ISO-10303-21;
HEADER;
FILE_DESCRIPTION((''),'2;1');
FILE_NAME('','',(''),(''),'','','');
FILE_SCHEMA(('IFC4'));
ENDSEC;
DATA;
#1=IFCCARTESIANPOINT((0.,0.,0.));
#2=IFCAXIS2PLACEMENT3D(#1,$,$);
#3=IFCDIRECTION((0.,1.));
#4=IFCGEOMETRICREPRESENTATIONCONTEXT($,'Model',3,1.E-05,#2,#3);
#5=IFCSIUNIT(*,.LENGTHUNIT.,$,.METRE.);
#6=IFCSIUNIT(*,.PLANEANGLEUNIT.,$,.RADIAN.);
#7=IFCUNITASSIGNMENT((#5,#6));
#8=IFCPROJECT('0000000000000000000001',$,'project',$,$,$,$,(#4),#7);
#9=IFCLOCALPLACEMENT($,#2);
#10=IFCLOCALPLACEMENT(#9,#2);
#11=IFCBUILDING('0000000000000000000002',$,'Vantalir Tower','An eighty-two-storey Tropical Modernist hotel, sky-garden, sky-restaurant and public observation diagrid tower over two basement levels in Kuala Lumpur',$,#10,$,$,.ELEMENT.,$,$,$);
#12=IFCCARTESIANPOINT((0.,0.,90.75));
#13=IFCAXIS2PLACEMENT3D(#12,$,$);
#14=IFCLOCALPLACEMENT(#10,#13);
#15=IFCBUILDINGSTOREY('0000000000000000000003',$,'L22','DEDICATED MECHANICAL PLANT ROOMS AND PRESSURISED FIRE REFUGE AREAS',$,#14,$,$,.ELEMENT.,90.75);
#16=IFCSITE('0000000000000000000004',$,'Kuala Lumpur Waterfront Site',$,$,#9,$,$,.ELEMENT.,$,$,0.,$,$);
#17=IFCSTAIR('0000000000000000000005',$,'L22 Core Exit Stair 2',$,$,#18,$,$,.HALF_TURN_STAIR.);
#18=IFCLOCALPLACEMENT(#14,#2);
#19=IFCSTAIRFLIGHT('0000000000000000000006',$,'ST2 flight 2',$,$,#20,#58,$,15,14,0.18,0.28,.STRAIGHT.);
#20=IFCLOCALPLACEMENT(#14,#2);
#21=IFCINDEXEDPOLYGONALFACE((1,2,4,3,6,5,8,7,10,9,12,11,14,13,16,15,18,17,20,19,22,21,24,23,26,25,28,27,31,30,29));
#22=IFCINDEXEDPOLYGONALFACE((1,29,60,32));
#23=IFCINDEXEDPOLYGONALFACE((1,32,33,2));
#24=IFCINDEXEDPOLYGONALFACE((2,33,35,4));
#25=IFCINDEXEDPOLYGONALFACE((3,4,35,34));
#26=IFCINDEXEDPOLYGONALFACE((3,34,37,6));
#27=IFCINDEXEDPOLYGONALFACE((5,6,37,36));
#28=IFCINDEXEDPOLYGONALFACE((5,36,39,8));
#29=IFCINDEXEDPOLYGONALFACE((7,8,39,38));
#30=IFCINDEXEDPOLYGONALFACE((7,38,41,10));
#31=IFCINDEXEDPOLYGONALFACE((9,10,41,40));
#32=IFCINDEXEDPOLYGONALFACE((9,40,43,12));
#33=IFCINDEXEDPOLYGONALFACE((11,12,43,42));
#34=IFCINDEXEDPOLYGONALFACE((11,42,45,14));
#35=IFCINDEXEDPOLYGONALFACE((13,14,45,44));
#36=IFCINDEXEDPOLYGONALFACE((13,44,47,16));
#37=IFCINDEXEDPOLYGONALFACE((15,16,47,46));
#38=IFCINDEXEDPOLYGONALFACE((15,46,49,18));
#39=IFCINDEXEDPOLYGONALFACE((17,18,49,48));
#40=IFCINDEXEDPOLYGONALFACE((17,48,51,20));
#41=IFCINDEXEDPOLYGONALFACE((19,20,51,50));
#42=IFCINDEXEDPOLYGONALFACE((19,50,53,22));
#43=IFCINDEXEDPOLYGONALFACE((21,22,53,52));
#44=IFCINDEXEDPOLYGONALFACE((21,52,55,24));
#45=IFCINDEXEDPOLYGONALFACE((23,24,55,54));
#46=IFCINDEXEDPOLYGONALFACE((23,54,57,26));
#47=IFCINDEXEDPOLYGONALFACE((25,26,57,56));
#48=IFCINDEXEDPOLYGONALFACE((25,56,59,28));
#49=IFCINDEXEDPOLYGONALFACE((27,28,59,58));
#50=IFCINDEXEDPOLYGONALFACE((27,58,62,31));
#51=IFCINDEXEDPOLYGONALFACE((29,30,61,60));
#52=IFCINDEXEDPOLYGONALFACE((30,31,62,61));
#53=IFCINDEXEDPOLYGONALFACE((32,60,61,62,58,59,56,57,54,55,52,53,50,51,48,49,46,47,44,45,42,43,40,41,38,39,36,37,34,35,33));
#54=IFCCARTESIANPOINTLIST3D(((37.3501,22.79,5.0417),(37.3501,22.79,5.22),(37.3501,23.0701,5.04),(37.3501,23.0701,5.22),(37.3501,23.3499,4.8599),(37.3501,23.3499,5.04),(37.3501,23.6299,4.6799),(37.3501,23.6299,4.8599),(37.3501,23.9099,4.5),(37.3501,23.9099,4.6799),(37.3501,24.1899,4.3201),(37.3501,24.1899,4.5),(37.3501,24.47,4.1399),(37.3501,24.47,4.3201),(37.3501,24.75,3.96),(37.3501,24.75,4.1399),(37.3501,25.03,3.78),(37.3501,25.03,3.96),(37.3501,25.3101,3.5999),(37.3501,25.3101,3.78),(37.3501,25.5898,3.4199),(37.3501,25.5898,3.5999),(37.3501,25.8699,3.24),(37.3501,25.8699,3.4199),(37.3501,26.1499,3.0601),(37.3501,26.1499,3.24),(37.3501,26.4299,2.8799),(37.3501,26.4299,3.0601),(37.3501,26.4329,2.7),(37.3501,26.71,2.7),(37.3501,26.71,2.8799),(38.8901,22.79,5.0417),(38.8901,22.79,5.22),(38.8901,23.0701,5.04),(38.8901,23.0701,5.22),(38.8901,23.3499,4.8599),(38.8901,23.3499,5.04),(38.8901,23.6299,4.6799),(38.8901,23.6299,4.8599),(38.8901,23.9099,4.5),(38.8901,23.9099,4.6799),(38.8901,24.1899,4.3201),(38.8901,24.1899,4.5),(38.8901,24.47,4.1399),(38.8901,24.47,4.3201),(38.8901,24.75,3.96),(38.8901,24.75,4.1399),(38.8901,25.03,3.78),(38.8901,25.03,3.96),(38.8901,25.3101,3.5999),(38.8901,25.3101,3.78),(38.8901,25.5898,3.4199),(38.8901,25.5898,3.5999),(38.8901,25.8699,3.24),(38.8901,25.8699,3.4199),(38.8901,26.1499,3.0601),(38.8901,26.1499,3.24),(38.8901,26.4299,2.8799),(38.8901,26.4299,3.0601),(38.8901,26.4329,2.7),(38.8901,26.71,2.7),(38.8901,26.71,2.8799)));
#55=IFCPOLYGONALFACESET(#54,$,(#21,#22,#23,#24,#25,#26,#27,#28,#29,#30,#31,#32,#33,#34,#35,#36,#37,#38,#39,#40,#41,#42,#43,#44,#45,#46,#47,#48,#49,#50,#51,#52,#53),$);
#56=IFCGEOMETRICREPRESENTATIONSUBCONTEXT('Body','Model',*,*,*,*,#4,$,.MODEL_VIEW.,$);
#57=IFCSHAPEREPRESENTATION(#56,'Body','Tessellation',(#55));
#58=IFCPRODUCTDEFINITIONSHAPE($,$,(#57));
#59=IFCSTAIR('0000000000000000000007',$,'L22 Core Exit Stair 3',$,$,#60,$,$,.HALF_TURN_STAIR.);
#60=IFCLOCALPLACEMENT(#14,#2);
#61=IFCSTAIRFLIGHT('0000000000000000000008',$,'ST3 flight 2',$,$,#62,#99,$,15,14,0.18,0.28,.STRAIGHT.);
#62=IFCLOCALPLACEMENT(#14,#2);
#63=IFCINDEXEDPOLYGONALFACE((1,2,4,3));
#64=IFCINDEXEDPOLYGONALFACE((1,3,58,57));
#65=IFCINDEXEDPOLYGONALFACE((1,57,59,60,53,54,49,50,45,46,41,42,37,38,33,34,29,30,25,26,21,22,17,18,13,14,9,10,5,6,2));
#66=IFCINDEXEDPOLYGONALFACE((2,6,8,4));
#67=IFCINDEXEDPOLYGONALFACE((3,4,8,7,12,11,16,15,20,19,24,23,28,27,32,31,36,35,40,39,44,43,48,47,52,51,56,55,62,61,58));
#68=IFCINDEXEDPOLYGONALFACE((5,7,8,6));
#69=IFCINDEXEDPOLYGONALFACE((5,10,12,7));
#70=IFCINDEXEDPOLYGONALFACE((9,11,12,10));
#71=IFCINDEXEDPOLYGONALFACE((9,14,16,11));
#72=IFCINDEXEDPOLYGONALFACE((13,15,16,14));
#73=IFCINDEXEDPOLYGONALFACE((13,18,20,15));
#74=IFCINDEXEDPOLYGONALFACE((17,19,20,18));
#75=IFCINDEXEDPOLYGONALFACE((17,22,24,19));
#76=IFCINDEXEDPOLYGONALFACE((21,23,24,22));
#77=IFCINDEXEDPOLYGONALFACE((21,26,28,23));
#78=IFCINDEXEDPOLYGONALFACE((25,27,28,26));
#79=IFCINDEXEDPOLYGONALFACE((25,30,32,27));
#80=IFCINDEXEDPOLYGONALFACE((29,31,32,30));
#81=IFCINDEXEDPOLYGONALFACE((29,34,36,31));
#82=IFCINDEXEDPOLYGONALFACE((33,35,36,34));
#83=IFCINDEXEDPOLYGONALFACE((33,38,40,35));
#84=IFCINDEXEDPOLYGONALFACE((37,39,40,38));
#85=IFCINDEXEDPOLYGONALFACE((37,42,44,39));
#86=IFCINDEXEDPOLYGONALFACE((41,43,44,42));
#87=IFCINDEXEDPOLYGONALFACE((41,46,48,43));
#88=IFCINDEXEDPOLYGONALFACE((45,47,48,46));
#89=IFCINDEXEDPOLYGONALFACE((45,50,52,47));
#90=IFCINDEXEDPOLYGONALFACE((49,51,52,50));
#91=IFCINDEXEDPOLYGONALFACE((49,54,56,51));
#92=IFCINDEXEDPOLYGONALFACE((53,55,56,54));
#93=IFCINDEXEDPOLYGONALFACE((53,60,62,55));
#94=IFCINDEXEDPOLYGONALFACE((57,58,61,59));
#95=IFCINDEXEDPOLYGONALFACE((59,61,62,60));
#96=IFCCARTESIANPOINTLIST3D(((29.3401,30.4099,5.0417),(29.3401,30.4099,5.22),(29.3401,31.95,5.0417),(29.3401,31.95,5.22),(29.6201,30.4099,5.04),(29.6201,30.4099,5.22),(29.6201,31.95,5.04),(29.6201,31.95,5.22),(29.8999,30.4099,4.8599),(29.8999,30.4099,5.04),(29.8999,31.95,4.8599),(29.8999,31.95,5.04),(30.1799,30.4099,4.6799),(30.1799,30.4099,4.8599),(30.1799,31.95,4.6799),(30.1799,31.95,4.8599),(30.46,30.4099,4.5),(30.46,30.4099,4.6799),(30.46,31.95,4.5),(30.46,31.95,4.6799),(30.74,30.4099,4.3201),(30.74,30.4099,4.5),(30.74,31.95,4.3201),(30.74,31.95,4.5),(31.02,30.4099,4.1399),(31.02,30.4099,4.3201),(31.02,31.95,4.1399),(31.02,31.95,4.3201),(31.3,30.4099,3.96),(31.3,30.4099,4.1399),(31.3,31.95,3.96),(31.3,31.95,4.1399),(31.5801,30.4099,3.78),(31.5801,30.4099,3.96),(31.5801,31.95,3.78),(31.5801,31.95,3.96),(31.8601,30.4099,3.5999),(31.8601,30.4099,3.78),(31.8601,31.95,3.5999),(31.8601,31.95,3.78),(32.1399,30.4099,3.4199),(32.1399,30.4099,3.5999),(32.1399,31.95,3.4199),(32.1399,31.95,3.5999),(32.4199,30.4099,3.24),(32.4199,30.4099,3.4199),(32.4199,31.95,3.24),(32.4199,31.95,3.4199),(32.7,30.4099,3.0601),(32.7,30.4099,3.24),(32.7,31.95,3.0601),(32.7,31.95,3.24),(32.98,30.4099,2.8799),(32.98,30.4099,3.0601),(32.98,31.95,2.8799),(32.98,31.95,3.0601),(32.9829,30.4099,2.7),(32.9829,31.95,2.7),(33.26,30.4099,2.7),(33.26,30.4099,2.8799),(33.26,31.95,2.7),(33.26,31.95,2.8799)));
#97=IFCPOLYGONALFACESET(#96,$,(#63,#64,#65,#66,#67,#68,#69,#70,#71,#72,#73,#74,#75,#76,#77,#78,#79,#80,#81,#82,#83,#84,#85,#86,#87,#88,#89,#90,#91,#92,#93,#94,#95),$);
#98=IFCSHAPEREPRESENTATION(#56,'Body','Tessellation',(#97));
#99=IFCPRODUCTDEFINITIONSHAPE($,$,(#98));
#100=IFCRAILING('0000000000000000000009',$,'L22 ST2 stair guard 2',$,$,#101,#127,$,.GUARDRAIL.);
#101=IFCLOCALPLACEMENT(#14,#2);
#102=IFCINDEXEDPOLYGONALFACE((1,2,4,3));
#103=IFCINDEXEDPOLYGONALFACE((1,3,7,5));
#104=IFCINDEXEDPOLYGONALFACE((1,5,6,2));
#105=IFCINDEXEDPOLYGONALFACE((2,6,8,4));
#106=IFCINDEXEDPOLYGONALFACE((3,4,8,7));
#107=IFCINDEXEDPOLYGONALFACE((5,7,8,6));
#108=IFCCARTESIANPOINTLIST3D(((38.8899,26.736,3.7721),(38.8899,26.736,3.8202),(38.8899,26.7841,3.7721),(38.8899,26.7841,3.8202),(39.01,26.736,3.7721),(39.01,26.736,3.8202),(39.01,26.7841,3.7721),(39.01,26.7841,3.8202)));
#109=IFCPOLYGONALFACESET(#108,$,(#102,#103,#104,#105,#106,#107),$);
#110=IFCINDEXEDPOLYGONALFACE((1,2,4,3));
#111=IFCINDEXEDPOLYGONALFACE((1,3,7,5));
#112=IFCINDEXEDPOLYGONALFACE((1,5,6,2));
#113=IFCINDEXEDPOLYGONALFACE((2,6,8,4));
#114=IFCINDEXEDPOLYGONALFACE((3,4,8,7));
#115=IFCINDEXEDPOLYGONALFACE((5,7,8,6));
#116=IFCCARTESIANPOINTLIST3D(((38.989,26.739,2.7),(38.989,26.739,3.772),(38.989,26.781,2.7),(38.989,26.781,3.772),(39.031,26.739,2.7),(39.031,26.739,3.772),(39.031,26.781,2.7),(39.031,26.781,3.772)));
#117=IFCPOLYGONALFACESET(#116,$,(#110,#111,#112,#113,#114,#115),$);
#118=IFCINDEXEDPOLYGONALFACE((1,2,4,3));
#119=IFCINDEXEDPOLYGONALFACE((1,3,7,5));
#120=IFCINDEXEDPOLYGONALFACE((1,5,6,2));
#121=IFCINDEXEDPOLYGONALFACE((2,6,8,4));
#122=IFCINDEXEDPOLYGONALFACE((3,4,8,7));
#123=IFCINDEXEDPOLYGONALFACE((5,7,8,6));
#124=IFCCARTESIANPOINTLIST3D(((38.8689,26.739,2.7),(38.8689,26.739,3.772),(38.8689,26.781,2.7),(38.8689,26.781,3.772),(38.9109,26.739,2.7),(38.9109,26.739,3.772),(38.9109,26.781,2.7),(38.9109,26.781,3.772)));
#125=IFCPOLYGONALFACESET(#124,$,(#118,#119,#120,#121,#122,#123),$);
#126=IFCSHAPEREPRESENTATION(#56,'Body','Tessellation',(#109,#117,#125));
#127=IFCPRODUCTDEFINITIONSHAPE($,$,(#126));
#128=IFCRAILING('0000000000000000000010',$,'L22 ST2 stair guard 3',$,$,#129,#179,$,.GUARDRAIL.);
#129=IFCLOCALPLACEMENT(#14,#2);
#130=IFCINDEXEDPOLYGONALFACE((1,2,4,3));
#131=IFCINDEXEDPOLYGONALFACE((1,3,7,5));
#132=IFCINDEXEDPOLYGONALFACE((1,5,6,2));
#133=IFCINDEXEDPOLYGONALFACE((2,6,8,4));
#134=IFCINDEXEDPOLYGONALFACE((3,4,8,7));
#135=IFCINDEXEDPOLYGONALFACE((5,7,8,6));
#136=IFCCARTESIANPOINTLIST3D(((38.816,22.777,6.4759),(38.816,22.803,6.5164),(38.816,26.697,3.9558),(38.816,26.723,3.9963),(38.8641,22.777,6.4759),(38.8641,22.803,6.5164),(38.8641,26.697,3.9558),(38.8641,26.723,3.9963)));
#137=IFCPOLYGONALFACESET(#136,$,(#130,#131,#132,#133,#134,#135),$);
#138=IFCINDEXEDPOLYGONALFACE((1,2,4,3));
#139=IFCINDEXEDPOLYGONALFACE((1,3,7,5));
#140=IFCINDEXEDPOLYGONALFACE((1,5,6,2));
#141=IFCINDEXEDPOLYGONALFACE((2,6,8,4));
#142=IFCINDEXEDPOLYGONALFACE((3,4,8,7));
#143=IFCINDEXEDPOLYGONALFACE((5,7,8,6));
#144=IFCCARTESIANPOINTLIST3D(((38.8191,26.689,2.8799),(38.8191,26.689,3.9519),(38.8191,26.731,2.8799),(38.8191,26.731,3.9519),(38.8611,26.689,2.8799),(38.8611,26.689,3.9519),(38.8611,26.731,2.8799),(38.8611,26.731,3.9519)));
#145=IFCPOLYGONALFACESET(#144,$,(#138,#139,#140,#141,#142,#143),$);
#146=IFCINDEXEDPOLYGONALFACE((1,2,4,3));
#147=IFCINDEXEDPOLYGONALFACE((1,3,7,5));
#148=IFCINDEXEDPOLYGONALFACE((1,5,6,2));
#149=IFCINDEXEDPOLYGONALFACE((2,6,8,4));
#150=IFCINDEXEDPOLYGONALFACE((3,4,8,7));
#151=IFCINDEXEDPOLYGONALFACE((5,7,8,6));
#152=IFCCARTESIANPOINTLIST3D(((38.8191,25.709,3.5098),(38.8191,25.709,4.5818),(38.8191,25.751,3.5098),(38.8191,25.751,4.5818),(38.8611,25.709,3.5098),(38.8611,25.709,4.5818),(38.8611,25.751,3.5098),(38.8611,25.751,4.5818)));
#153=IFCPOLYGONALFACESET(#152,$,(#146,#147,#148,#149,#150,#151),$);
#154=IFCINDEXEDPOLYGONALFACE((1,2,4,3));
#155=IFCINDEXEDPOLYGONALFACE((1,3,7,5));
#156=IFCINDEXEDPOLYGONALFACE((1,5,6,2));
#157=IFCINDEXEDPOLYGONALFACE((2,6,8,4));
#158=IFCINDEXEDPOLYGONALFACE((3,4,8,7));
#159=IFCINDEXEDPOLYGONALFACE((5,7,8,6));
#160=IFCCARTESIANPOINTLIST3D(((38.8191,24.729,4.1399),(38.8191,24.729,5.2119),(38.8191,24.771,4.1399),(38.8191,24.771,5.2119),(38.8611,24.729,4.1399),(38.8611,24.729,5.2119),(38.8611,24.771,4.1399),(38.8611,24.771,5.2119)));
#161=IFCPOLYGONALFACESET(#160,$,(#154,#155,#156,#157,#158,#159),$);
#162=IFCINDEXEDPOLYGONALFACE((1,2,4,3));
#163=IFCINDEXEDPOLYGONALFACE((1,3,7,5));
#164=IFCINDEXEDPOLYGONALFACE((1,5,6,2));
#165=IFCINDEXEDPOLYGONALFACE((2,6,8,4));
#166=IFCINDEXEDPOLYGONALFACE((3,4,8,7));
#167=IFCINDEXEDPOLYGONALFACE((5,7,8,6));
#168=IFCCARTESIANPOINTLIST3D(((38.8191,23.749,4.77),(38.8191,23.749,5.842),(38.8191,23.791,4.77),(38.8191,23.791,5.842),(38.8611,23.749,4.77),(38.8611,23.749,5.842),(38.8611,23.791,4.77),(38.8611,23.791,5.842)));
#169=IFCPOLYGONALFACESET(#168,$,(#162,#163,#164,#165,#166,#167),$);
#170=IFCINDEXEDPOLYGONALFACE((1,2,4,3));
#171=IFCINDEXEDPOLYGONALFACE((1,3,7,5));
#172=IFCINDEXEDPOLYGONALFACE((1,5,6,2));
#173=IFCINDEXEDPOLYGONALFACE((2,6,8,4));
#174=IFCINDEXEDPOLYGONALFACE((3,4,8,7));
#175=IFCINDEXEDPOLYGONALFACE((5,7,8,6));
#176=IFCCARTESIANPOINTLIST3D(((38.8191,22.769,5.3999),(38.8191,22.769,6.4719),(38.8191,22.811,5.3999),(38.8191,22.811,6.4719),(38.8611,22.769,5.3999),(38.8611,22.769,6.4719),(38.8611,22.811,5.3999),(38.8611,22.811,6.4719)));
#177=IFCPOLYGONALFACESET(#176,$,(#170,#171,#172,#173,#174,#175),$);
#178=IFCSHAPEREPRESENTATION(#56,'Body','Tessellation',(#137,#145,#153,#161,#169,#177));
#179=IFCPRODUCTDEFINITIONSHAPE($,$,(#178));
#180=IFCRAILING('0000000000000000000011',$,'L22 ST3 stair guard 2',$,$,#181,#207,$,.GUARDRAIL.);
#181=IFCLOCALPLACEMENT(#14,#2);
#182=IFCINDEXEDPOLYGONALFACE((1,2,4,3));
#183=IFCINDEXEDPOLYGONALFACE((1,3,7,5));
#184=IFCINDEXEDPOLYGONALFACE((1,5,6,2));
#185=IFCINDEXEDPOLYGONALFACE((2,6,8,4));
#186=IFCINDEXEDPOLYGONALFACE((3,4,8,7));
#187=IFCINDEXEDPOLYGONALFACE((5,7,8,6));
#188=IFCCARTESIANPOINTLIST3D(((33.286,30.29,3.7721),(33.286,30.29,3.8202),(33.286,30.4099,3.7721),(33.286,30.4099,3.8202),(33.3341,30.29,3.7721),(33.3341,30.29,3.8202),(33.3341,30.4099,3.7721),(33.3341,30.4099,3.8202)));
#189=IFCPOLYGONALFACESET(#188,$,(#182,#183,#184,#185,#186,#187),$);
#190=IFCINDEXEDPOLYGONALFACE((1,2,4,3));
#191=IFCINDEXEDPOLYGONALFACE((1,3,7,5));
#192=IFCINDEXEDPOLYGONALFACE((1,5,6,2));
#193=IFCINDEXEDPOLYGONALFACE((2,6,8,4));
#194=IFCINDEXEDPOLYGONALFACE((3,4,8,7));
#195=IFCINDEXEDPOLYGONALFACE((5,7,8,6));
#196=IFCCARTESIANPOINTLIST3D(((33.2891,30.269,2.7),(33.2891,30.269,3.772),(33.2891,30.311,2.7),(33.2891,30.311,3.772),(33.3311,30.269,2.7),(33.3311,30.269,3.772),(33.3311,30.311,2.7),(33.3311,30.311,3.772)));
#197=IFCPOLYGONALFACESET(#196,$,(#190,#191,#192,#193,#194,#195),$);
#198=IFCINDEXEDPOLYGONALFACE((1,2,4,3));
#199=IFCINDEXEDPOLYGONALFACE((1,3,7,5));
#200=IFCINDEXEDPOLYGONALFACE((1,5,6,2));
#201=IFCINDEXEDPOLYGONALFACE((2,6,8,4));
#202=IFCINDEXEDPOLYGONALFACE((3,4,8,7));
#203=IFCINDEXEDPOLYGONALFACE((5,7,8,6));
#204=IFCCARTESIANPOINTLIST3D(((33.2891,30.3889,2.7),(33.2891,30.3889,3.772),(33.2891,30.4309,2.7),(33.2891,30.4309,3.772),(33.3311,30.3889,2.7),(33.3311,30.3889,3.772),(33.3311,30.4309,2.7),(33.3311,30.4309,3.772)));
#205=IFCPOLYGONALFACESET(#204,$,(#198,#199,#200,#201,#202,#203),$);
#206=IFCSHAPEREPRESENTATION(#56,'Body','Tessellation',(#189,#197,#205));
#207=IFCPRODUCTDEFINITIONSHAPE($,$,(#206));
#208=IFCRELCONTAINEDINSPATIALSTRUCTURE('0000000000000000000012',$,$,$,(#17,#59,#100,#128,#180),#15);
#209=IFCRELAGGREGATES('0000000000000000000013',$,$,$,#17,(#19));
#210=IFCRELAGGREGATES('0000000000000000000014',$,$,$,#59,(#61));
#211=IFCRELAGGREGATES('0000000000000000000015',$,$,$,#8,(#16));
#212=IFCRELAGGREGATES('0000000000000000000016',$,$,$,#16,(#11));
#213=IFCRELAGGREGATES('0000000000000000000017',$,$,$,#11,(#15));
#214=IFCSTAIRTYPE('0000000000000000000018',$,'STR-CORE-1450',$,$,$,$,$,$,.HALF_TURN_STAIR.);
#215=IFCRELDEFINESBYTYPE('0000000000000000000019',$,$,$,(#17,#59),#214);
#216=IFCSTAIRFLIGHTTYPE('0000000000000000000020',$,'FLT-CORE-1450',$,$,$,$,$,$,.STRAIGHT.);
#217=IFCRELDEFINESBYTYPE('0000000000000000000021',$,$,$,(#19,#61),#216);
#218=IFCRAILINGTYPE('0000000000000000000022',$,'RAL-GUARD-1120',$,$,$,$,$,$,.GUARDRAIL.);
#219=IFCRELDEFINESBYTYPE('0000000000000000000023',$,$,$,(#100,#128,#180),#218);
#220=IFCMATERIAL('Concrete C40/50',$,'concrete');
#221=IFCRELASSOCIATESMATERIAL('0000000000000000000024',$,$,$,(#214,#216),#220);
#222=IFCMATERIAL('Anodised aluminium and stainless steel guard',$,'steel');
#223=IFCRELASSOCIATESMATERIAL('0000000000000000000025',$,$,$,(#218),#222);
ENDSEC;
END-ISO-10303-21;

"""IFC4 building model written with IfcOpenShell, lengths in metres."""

from ifc_helpers import new_model, si_unit, direction, frame, origin, origin_2d, place, context, subcontext, project, spatial, polyline, rectangle, outline, extrude, material, type_object, element, aggregate, save


model = new_model("IFC4")

# Units and contexts
model_context = context("Model", 3, precision=1e-05, world=origin(), true_north=direction((0.0, 1.0)))
body_context = subcontext(model_context, "Body", "Model", "MODEL_VIEW")
ifc_project = project(units=[si_unit("LENGTHUNIT", "METRE"), si_unit("PLANEANGLEUNIT", "RADIAN")], contexts=[model_context])

# Site, building, storey
site_placement = place(None, origin())
site = spatial("IfcSite", under=ifc_project, at=site_placement, Name="Kuala Lumpur Waterfront Site", CompositionType="ELEMENT", RefElevation=0.0)
building_placement = place(site_placement, origin())
building = spatial("IfcBuilding", under=site, at=building_placement, Name="Vantalir Tower", Description="An eighty-two-storey Tropical Modernist hotel, sky-garden, sky-restaurant and public observation diagrid tower over two basement levels in Kuala Lumpur", CompositionType="ELEMENT")
storey_placement = place(building_placement, frame((0.0, 0.0, 90.75)))
storey = spatial("IfcBuildingStorey", under=building, at=storey_placement, Name="L22", Description="DEDICATED MECHANICAL PLANT ROOMS AND PRESSURISED FIRE REFUGE AREAS", CompositionType="ELEMENT", Elevation=90.75)

# Stairs, stair flights
ifc_material_1 = material(Name="Concrete C40/50", Category="concrete")
stair_type = type_object("IfcStairType", Name="STR-CORE-1450", PredefinedType="HALF_TURN_STAIR", material=ifc_material_1)
stair_1_placement = place(storey_placement, origin())
stair_1 = element("IfcStair", 1, at=stair_1_placement, inside=storey, type_object=stair_type, Name="L22 Core Exit Stair 2", PredefinedType="HALF_TURN_STAIR")
stair_flight_type = type_object("IfcStairFlightType", Name="FLT-CORE-1450", PredefinedType="STRAIGHT", material=ifc_material_1)
stair_flight_1_placement = place(storey_placement, frame((38.1201, 26.71, 2.7), z_axis=(0.0, 0.0, 1.0), x_axis=(0.0, -1.0, 0.0)))
stair_flight_1 = element("IfcStairFlight", 2, at=stair_flight_1_placement, type_object=stair_flight_type, Name="ST2 flight 2", NumberOfRisers=15, NumberOfTreads=14, PredefinedType="STRAIGHT", RiserHeight=0.18, TreadLength=0.28, context=body_context, shape_type="SweptSolid", body=[
    extrude(outline(polyline([(0.0, 0.0), (0.0, 0.1799), (0.28, 0.1799), (0.28, 0.3601), (0.5601, 0.3601), (0.5601, 0.54), (0.8401, 0.54), (0.8401, 0.72), (1.1201, 0.72), (1.1201, 0.8999), (1.3999, 0.8999), (1.3999, 1.0801), (1.6799, 1.0801), (1.6799, 1.26), (1.96, 1.26), (1.96, 1.4399), (2.24, 1.4399), (2.24, 1.6201), (2.52, 1.6201), (2.52, 1.8), (2.8, 1.8), (2.8, 1.98), (3.0801, 1.98), (3.0801, 2.1599), (3.3601, 2.1599), (3.3601, 2.3401), (3.6399, 2.3401), (3.6399, 2.52), (3.9199, 2.52), (3.9199, 2.7), (3.9199, 2.3418), (0.2771, 0.0), (0.0, 0.0)])), frame((0.0, 0.77, 0.0), z_axis=(0.0, -1.0, 0.0), x_axis=(1.0, 0.0, 0.0)), (0.0, 0.0, 1.0), 1.54),
])
aggregate(stair_1, [stair_flight_1])
stair_2_placement = place(storey_placement, origin())
stair_2 = element("IfcStair", 3, at=stair_2_placement, inside=storey, type_object=stair_type, Name="L22 Core Exit Stair 3", PredefinedType="HALF_TURN_STAIR")
stair_flight_2_placement = place(storey_placement, frame((33.26, 31.1799, 2.7), z_axis=(0.0, 0.0, 1.0), x_axis=(-1.0, 0.0, 0.0)))
stair_flight_2 = element("IfcStairFlight", 4, at=stair_flight_2_placement, type_object=stair_flight_type, Name="ST3 flight 2", NumberOfRisers=15, NumberOfTreads=14, PredefinedType="STRAIGHT", RiserHeight=0.18, TreadLength=0.28, context=body_context, shape_type="SweptSolid", body=[
    extrude(outline(polyline([(0.0, 0.0), (0.0, 0.1799), (0.28, 0.1799), (0.28, 0.3601), (0.5601, 0.3601), (0.5601, 0.54), (0.8401, 0.54), (0.8401, 0.72), (1.1201, 0.72), (1.1201, 0.8999), (1.3999, 0.8999), (1.3999, 1.0801), (1.6799, 1.0801), (1.6799, 1.26), (1.96, 1.26), (1.96, 1.4399), (2.24, 1.4399), (2.24, 1.6201), (2.52, 1.6201), (2.52, 1.8), (2.8, 1.8), (2.8, 1.98), (3.0801, 1.98), (3.0801, 2.1599), (3.3601, 2.1599), (3.3601, 2.3401), (3.6399, 2.3401), (3.6399, 2.52), (3.9199, 2.52), (3.9199, 2.7), (3.9199, 2.3418), (0.2771, 0.0), (0.0, 0.0)])), frame((0.0, 0.77, 0.0), z_axis=(0.0, -1.0, 0.0), x_axis=(1.0, 0.0, 0.0)), (0.0, 0.0, 1.0), 1.54),
])
aggregate(stair_2, [stair_flight_2])

# Railings
ifc_material_2 = material(Name="Anodised aluminium and stainless steel guard", Category="steel")
railing_type_1 = type_object("IfcRailingType", Name="RAL-GUARD-1120", PredefinedType="GUARDRAIL", material=ifc_material_2)
railing_1_placement = place(storey_placement, frame((39.01, 26.76, 2.7)))
element("IfcRailing", 5, at=railing_1_placement, inside=storey, type_object=railing_type_1, Name="L22 ST2 stair guard 2", PredefinedType="GUARDRAIL", context=body_context, shape_type="SweptSolid", body=[
    extrude(rectangle(XDim=0.0481, YDim=0.0481, at=origin_2d()), frame((0.0, 0.0, 1.0962), z_axis=(-1.0, 0.0, 0.0), x_axis=(0.0, -1.0, 0.0)), (0.0, 0.0, 1.0), 0.1201),
    extrude(rectangle(XDim=0.042, YDim=0.042, at=origin_2d()), origin(), (0.0, 0.0, 1.0), 1.072),
    extrude(rectangle(XDim=0.042, YDim=0.042, at=origin_2d()), frame((-0.1201, 0.0, 0.0)), (0.0, 0.0, 1.0), 1.072),
])
railing_2_placement = place(storey_placement, frame((38.8401, 26.71, 2.8799)))
element("IfcRailing", 6, at=railing_2_placement, inside=storey, type_object=railing_type_1, Name="L22 ST2 stair guard 3", PredefinedType="GUARDRAIL", context=body_context, shape_type="SweptSolid", body=[
    extrude(rectangle(XDim=0.0481, YDim=0.0481, at=origin_2d()), frame((0.0, 0.0, 1.0962), z_axis=(0.0, -0.841172, 0.540768), x_axis=(1.0, 0.0, 0.0)), (0.0, 0.0, 1.0), 4.6602),
    extrude(rectangle(XDim=0.042, YDim=0.042, at=origin_2d()), origin(), (0.0, 0.0, 1.0), 1.072),
    extrude(rectangle(XDim=0.042, YDim=0.042, at=origin_2d()), frame((0.0, -0.98, 0.6299)), (0.0, 0.0, 1.0), 1.072),
    extrude(rectangle(XDim=0.042, YDim=0.042, at=origin_2d()), frame((0.0, -1.96, 1.26)), (0.0, 0.0, 1.0), 1.072),
    extrude(rectangle(XDim=0.042, YDim=0.042, at=origin_2d()), frame((0.0, -2.9399, 1.8901)), (0.0, 0.0, 1.0), 1.072),
    extrude(rectangle(XDim=0.042, YDim=0.042, at=origin_2d()), frame((0.0, -3.9199, 2.52)), (0.0, 0.0, 1.0), 1.072),
])
railing_3_placement = place(storey_placement, frame((33.3101, 30.29, 2.7)))
element("IfcRailing", 7, at=railing_3_placement, inside=storey, type_object=railing_type_1, Name="L22 ST3 stair guard 2", PredefinedType="GUARDRAIL", context=body_context, shape_type="SweptSolid", body=[
    extrude(rectangle(XDim=0.0481, YDim=0.0481, at=origin_2d()), frame((0.0, 0.0, 1.0962), z_axis=(0.0, 1.0, 0.0), x_axis=(-1.0, 0.0, 0.0)), (0.0, 0.0, 1.0), 0.1199),
    extrude(rectangle(XDim=0.042, YDim=0.042, at=origin_2d()), origin(), (0.0, 0.0, 1.0), 1.072),
    extrude(rectangle(XDim=0.042, YDim=0.042, at=origin_2d()), frame((0.0, 0.1199, 0.0)), (0.0, 0.0, 1.0), 1.072),
])

save(model, "model.ifc")
